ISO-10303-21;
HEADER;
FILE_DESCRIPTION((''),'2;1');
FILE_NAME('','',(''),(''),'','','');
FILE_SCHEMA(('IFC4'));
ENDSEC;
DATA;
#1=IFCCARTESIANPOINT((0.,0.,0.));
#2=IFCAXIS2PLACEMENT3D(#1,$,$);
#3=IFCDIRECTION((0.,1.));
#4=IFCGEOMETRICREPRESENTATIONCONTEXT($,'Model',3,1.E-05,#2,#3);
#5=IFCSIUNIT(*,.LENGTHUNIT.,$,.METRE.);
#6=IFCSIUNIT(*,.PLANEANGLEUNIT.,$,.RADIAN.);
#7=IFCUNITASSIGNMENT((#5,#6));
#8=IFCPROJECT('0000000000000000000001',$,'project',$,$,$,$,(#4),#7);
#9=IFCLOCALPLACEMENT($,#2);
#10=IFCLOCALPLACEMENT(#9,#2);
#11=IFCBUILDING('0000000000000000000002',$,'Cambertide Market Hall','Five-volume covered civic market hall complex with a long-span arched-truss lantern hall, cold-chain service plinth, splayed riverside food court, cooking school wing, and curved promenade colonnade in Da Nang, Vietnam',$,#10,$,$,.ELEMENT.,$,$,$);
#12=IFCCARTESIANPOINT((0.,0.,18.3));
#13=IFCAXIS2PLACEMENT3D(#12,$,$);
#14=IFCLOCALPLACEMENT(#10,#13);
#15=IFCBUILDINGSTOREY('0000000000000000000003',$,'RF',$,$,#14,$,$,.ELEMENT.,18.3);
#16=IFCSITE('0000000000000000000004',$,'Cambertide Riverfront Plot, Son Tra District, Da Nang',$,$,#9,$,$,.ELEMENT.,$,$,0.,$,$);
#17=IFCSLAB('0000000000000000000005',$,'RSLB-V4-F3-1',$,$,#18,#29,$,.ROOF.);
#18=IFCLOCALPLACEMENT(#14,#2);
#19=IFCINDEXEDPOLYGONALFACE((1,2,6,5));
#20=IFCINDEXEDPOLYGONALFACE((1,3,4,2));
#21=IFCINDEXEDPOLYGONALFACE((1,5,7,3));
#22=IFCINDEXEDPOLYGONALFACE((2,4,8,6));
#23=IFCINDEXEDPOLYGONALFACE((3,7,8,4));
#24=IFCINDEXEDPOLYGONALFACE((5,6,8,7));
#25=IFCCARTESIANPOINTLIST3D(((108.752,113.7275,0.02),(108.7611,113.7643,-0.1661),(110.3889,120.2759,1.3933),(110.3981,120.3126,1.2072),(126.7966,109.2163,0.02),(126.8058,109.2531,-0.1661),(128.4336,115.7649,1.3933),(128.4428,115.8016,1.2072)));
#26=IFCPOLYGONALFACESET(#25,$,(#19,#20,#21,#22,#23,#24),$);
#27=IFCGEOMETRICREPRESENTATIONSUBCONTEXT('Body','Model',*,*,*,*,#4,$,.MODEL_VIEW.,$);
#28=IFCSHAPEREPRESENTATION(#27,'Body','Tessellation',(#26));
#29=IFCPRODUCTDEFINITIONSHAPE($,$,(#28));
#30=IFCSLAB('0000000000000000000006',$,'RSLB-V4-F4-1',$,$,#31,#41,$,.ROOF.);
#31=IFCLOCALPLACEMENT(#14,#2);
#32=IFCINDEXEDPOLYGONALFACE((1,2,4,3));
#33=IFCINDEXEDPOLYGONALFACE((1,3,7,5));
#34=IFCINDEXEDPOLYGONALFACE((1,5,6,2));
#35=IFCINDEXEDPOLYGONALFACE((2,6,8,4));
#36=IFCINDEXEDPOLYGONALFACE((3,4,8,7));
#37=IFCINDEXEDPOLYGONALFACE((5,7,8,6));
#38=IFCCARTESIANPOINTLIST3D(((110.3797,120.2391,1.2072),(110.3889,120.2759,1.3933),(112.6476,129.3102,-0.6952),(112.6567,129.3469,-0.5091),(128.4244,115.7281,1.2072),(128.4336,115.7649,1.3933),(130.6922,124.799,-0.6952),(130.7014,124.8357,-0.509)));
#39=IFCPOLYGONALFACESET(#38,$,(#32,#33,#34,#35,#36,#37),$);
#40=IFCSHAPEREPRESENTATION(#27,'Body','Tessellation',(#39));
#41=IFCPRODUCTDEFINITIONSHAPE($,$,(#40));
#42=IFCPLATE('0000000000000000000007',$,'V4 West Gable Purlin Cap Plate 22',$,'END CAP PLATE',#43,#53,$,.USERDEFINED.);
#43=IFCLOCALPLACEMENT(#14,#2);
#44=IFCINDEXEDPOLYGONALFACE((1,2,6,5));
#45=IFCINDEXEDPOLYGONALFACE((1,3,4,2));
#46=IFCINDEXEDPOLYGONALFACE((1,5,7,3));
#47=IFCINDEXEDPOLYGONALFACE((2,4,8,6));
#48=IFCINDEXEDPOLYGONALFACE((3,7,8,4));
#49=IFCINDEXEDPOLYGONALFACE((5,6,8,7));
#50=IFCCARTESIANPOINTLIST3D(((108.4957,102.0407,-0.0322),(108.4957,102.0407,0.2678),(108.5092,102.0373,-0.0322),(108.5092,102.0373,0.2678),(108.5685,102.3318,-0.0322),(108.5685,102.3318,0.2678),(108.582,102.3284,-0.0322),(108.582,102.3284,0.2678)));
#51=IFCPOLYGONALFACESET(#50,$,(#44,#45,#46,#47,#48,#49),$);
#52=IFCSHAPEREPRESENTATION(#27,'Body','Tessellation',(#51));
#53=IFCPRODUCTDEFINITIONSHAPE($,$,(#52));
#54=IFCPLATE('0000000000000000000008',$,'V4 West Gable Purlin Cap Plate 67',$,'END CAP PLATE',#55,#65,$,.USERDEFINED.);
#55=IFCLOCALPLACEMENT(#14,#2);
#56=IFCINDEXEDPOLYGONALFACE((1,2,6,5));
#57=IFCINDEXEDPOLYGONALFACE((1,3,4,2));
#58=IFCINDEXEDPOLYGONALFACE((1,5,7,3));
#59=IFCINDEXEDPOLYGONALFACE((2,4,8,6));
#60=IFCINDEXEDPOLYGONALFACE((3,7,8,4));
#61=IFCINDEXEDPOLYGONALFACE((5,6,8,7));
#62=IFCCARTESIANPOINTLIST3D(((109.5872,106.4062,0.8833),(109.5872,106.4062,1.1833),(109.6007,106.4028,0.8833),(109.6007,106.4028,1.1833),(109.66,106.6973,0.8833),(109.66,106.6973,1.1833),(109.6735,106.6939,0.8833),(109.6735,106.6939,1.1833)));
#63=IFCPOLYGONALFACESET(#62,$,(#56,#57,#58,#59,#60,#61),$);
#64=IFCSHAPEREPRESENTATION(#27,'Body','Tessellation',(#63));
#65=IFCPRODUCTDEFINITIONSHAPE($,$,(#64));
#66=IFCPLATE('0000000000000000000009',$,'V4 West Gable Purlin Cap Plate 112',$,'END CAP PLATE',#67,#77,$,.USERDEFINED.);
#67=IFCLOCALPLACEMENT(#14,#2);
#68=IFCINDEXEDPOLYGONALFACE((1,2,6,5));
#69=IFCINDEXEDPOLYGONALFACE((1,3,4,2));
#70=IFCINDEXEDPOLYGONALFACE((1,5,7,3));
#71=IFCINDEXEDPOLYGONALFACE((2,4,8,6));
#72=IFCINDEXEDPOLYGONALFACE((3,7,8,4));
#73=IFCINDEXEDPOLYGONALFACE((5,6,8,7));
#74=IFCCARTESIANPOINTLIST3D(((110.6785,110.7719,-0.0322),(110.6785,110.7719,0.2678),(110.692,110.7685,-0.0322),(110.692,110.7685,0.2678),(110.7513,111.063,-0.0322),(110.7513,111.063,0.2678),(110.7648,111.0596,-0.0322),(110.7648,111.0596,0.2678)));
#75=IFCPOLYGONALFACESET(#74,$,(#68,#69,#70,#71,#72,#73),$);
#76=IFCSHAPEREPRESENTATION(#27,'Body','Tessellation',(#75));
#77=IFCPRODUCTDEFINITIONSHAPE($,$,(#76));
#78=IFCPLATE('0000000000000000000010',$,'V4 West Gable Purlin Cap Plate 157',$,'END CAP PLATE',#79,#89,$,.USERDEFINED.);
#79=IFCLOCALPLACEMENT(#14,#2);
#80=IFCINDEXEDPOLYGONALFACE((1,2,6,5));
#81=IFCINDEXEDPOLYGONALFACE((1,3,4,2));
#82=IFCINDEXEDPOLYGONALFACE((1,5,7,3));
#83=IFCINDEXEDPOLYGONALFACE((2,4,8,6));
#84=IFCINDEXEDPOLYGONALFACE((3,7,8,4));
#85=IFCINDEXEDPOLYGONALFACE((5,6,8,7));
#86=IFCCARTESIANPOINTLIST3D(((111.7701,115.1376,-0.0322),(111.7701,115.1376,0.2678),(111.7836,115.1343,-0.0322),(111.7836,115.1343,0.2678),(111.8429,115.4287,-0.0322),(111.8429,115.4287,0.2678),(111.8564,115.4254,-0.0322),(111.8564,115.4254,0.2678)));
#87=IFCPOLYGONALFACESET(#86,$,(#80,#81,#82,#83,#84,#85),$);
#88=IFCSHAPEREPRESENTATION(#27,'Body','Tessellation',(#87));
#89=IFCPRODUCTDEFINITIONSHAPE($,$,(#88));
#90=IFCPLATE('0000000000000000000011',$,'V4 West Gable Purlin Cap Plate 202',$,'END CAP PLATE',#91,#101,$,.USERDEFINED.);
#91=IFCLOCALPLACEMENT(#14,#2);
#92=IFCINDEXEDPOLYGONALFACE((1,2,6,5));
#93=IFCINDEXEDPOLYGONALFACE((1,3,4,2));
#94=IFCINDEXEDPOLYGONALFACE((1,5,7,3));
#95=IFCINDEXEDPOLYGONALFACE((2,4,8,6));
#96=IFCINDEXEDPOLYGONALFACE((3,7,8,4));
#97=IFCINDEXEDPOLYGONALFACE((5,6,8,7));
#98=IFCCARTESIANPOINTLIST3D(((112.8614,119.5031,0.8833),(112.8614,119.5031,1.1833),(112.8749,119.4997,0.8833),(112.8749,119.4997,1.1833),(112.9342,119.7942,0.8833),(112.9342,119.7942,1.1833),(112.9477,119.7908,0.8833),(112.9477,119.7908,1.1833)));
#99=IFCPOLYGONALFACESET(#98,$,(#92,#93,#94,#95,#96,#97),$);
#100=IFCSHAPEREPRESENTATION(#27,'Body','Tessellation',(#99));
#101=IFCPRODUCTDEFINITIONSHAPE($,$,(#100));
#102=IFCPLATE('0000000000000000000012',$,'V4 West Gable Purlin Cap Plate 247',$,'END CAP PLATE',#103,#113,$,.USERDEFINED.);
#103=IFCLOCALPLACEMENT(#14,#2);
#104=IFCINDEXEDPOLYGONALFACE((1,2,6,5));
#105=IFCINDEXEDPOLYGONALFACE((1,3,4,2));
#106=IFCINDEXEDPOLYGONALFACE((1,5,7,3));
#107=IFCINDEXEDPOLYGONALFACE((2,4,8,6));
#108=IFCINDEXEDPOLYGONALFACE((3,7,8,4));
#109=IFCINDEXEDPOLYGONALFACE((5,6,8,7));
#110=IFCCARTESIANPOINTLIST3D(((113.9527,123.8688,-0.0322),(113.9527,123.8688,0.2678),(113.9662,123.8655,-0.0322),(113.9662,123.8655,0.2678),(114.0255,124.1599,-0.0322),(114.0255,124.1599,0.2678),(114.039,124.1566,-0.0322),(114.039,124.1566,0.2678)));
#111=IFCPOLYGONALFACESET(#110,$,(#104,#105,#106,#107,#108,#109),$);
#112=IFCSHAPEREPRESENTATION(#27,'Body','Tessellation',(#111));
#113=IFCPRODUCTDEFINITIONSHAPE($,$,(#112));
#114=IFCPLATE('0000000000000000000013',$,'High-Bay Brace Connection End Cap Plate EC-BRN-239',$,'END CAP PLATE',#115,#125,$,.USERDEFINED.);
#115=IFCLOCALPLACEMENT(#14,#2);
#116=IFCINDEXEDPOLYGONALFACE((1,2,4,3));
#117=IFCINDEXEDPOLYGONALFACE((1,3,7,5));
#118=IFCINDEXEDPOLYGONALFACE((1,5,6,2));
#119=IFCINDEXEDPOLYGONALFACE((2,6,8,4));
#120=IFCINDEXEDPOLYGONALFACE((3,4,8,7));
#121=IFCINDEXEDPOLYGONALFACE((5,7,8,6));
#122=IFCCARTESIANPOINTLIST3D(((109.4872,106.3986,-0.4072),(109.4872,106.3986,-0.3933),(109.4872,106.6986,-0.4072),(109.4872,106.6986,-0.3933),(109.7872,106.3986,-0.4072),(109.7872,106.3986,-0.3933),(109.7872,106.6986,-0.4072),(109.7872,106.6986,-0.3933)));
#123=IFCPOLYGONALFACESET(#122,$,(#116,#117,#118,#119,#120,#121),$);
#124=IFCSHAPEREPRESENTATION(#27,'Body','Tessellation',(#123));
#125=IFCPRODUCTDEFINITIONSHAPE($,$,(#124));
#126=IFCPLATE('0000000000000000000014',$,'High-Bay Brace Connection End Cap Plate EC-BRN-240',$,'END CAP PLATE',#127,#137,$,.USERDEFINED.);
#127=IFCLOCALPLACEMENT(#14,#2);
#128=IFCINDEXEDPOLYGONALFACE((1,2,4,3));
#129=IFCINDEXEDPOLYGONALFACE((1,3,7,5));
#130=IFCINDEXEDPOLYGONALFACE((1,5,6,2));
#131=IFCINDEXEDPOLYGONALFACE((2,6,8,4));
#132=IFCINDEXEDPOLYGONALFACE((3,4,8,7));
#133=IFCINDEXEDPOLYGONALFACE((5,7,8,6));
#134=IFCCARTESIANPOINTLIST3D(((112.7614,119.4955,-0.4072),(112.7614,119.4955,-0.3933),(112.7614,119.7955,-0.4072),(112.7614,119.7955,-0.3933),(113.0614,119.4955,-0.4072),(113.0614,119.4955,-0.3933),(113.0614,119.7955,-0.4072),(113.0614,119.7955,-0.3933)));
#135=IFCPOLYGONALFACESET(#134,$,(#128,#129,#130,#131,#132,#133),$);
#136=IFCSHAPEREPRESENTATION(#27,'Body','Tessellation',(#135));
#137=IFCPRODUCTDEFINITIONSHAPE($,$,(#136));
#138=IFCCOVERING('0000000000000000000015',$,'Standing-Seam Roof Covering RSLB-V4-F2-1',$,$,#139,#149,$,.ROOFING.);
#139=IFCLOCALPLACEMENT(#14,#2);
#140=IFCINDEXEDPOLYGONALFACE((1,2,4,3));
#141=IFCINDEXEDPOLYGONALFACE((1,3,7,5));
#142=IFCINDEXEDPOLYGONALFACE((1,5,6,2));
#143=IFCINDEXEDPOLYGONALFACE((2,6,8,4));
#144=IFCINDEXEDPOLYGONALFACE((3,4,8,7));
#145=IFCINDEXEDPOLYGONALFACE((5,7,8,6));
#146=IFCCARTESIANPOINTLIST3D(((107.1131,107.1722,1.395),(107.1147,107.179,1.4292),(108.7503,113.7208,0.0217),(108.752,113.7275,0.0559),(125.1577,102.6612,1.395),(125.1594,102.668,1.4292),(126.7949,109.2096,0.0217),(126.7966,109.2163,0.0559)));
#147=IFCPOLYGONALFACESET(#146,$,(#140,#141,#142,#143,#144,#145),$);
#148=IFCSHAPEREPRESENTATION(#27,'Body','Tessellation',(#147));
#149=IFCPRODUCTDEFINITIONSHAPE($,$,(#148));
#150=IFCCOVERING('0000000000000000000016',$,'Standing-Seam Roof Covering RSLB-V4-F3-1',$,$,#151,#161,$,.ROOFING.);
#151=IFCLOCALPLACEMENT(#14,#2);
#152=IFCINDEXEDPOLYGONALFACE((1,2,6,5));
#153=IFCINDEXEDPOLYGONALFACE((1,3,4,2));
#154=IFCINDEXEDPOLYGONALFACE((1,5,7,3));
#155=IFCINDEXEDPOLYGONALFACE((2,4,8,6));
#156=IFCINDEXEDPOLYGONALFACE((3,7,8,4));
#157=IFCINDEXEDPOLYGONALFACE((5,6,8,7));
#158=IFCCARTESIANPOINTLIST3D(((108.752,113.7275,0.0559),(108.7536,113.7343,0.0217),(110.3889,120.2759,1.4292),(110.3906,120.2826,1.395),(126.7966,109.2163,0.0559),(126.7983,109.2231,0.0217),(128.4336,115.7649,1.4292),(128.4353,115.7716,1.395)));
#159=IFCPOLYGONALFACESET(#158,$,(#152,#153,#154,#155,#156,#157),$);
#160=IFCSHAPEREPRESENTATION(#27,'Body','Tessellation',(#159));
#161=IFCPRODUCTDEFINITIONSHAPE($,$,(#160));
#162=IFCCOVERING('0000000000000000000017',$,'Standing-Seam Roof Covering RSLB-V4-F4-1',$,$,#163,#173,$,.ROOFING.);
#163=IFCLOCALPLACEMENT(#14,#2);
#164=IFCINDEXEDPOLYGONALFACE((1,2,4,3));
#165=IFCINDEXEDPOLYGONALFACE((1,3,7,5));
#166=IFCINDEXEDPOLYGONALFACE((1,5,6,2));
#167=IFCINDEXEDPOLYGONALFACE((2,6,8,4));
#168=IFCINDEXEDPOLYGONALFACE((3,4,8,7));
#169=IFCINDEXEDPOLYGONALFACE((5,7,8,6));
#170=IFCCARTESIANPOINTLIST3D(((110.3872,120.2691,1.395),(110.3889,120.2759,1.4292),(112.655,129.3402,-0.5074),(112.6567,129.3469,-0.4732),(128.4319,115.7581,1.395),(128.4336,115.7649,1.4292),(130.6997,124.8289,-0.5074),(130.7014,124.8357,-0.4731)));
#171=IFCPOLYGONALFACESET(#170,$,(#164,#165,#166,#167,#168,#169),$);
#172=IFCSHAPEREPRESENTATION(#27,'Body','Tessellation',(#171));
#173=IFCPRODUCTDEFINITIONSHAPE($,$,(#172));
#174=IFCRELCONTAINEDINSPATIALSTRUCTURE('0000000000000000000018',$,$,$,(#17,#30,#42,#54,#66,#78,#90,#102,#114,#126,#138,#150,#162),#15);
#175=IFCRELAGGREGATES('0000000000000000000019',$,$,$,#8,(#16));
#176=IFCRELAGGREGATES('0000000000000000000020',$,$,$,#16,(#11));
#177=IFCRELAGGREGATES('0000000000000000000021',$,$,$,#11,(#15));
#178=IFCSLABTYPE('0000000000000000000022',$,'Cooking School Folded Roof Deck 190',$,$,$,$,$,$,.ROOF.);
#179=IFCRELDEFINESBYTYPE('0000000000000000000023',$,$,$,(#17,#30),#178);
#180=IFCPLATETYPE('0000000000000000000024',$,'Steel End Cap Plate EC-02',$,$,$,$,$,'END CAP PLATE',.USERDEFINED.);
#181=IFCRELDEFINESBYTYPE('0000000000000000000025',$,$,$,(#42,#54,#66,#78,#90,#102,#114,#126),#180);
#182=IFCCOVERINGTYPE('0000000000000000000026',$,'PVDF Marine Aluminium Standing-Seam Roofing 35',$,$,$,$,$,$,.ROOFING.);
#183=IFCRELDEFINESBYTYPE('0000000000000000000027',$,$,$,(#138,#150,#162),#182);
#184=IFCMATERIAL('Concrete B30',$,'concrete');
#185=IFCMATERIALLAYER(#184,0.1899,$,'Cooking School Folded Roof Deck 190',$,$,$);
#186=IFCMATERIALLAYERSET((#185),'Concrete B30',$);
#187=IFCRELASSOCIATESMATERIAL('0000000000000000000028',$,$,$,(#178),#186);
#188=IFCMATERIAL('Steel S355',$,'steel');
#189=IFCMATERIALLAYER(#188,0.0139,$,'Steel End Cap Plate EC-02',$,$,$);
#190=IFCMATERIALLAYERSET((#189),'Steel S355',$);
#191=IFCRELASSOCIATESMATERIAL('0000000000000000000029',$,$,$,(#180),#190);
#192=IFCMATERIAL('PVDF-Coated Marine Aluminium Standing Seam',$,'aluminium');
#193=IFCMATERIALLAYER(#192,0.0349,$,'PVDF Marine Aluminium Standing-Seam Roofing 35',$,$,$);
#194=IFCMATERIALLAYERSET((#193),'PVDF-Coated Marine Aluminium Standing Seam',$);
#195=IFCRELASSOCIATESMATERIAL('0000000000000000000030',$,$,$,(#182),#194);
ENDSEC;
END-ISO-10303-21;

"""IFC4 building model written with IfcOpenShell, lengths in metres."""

from ifc_helpers import new_model, si_unit, direction, frame, origin, origin_2d, place, context, subcontext, project, spatial, polyline, rectangle, outline, extrude, material, layer, layer_set, type_object, element, save


model = new_model("IFC4")

# Units and contexts
model_context = context("Model", 3, precision=1e-05, world=origin(), true_north=direction((0.0, 1.0)))
body_context = subcontext(model_context, "Body", "Model", "MODEL_VIEW")
ifc_project = project(units=[si_unit("LENGTHUNIT", "METRE"), si_unit("PLANEANGLEUNIT", "RADIAN")], contexts=[model_context])

# Site, building, storey
site_placement = place(None, origin())
site = spatial("IfcSite", under=ifc_project, at=site_placement, Name="Cambertide Riverfront Plot, Son Tra District, Da Nang", CompositionType="ELEMENT", RefElevation=0.0)
building_placement = place(site_placement, origin())
building = spatial("IfcBuilding", under=site, at=building_placement, Name="Cambertide Market Hall", Description="Five-volume covered civic market hall complex with a long-span arched-truss lantern hall, cold-chain service plinth, splayed riverside food court, cooking school wing, and curved promenade colonnade in Da Nang, Vietnam", CompositionType="ELEMENT")
storey_placement = place(building_placement, frame((0.0, 0.0, 18.3)))
storey = spatial("IfcBuildingStorey", under=building, at=storey_placement, Name="RF", CompositionType="ELEMENT", Elevation=18.3)

# Slabs
ifc_material_1 = material(Name="Concrete B30", Category="concrete")
ifc_layer_1 = layer(ifc_material_1, 0.1899, Name="Cooking School Folded Roof Deck 190")
ifc_layer_set_1 = layer_set([ifc_layer_1], Name="Concrete B30")
slab_type = type_object("IfcSlabType", Name="Cooking School Folded Roof Deck 190", PredefinedType="ROOF", material=ifc_layer_set_1)
slab_1_placement = place(storey_placement, frame((108.752, 113.7275, 0.02), z_axis=(-0.048353, -0.193415, 0.979925), x_axis=(0.970142, -0.242538, -0.000001)))
element("IfcSlab", 1, at=slab_1_placement, inside=storey, type_object=slab_type, Name="RSLB-V4-F3-1", PredefinedType="ROOF", context=body_context, shape_type="SweptSolid", body=[
    extrude(outline(polyline([(0.0, 0.0), (18.6, 0.0), (18.5998, 6.8884), (-0.0001, 6.8881), (0.0, 0.0)])), origin(), (0.0, 0.0, -1.0), 0.1899),
])
slab_2_placement = place(storey_placement, frame((110.3889, 120.2759, 1.3933), z_axis=(0.048354, 0.193419, 0.979924), x_axis=(0.970145, -0.242527, -0.000001)))
element("IfcSlab", 2, at=slab_2_placement, inside=storey, type_object=slab_type, Name="RSLB-V4-F4-1", PredefinedType="ROOF", context=body_context, shape_type="SweptSolid", body=[
    extrude(outline(polyline([(0.0, 0.0), (18.6, 0.0), (18.6002, 9.5416), (0.0001, 9.5418), (0.0, 0.0)])), origin(), (0.0, 0.0, -1.0), 0.1899),
])

# Plates
ifc_material_2 = material(Name="Steel S355", Category="steel")
ifc_layer_2 = layer(ifc_material_2, 0.0139, Name="Steel End Cap Plate EC-02")
ifc_layer_set_2 = layer_set([ifc_layer_2], Name="Steel S355")
plate_type = type_object("IfcPlateType", Name="Steel End Cap Plate EC-02", ElementType="END CAP PLATE", PredefinedType="USERDEFINED", material=ifc_layer_set_2)
for number, where, z_axis, x_axis, name in (
    (3, (108.5388, 102.1846, -0.0322), (0.0, 0.0, 1.0), (0.970143, -0.242536, 0.0), "V4 West Gable Purlin Cap Plate 22"),
    (4, (109.6304, 106.55, 0.8833), (0.0, 0.0, 1.0), (0.970143, -0.242536, 0.0), "V4 West Gable Purlin Cap Plate 67"),
    (5, (110.7217, 110.9158, -0.0322), (0.0, 0.0, 1.0), (0.970143, -0.242536, 0.0), "V4 West Gable Purlin Cap Plate 112"),
    (6, (111.8132, 115.2815, -0.0322), (0.0, 0.0, 1.0), (0.970143, -0.242536, 0.0), "V4 West Gable Purlin Cap Plate 157"),
    (7, (112.9045, 119.647, 0.8833), (0.0, 0.0, 1.0), (0.970143, -0.242536, 0.0), "V4 West Gable Purlin Cap Plate 202"),
    (8, (113.9958, 124.0127, -0.0322), (0.0, 0.0, 1.0), (0.970143, -0.242536, 0.0), "V4 West Gable Purlin Cap Plate 247"),
):
    element("IfcPlate", number, at=place(storey_placement, frame(where, z_axis=z_axis, x_axis=x_axis)), inside=storey, type_object=plate_type, Name=name, ObjectType="END CAP PLATE", PredefinedType="USERDEFINED", context=body_context, shape_type="SweptSolid", body=[
        extrude(rectangle(XDim=0.0139, YDim=0.3, at=origin_2d()), origin(), (0.0, 0.0, 1.0), 0.3),
    ])
for number, where, z_axis, x_axis, name in (
    (9, (109.6372, 106.5486, -0.4072), (0.0, 0.0, 1.0), (1.0, 0.0, 0.0), "High-Bay Brace Connection End Cap Plate EC-BRN-239"),
    (10, (112.9114, 119.6455, -0.4072), (0.0, 0.0, 1.0), (1.0, 0.0, 0.0), "High-Bay Brace Connection End Cap Plate EC-BRN-240"),
):
    element("IfcPlate", number, at=place(storey_placement, frame(where, z_axis=z_axis, x_axis=x_axis)), inside=storey, type_object=plate_type, Name=name, ObjectType="END CAP PLATE", PredefinedType="USERDEFINED", context=body_context, shape_type="SweptSolid", body=[
        extrude(rectangle(XDim=0.3, YDim=0.3, at=origin_2d()), origin(), (0.0, 0.0, 1.0), 0.0139),
    ])

# Coverings
ifc_material_3 = material(Name="PVDF-Coated Marine Aluminium Standing Seam", Category="aluminium")
ifc_layer_3 = layer(ifc_material_3, 0.0349, Name="PVDF Marine Aluminium Standing-Seam Roofing 35")
ifc_layer_set_3 = layer_set([ifc_layer_3], Name="PVDF-Coated Marine Aluminium Standing Seam")
covering_type = type_object("IfcCoveringType", Name="PVDF Marine Aluminium Standing-Seam Roofing 35", PredefinedType="ROOFING", material=ifc_layer_set_3)
covering_1_placement = place(storey_placement, frame((107.1147, 107.179, 1.4292), z_axis=(0.048353, 0.193413, 0.979925), x_axis=(0.970145, -0.242527, -0.000001)))
element("IfcCovering", 11, at=covering_1_placement, inside=storey, type_object=covering_type, Name="Standing-Seam Roof Covering RSLB-V4-F2-1", PredefinedType="ROOFING", context=body_context, shape_type="SweptSolid", body=[
    extrude(outline(polyline([(0.0, 0.0), (18.6, 0.0), (18.6002, 6.8882), (0.0001, 6.8884), (0.0, 0.0)])), origin(), (0.0, 0.0, -1.0), 0.0349),
])
covering_2_placement = place(storey_placement, frame((108.752, 113.7275, 0.0559), z_axis=(-0.048353, -0.193415, 0.979925), x_axis=(0.970142, -0.242538, -0.000001)))
element("IfcCovering", 12, at=covering_2_placement, inside=storey, type_object=covering_type, Name="Standing-Seam Roof Covering RSLB-V4-F3-1", PredefinedType="ROOFING", context=body_context, shape_type="SweptSolid", body=[
    extrude(outline(polyline([(0.0, 0.0), (18.6, 0.0), (18.5998, 6.8884), (-0.0001, 6.8881), (0.0, 0.0)])), origin(), (0.0, 0.0, -1.0), 0.0349),
])
covering_3_placement = place(storey_placement, frame((110.3889, 120.2759, 1.4292), z_axis=(0.048354, 0.193419, 0.979924), x_axis=(0.970145, -0.242527, -0.000001)))
element("IfcCovering", 13, at=covering_3_placement, inside=storey, type_object=covering_type, Name="Standing-Seam Roof Covering RSLB-V4-F4-1", PredefinedType="ROOFING", context=body_context, shape_type="SweptSolid", body=[
    extrude(outline(polyline([(0.0, 0.0), (18.6, 0.0), (18.6002, 9.5416), (0.0001, 9.5418), (0.0, 0.0)])), origin(), (0.0, 0.0, -1.0), 0.0349),
])

save(model, "model.ifc")
